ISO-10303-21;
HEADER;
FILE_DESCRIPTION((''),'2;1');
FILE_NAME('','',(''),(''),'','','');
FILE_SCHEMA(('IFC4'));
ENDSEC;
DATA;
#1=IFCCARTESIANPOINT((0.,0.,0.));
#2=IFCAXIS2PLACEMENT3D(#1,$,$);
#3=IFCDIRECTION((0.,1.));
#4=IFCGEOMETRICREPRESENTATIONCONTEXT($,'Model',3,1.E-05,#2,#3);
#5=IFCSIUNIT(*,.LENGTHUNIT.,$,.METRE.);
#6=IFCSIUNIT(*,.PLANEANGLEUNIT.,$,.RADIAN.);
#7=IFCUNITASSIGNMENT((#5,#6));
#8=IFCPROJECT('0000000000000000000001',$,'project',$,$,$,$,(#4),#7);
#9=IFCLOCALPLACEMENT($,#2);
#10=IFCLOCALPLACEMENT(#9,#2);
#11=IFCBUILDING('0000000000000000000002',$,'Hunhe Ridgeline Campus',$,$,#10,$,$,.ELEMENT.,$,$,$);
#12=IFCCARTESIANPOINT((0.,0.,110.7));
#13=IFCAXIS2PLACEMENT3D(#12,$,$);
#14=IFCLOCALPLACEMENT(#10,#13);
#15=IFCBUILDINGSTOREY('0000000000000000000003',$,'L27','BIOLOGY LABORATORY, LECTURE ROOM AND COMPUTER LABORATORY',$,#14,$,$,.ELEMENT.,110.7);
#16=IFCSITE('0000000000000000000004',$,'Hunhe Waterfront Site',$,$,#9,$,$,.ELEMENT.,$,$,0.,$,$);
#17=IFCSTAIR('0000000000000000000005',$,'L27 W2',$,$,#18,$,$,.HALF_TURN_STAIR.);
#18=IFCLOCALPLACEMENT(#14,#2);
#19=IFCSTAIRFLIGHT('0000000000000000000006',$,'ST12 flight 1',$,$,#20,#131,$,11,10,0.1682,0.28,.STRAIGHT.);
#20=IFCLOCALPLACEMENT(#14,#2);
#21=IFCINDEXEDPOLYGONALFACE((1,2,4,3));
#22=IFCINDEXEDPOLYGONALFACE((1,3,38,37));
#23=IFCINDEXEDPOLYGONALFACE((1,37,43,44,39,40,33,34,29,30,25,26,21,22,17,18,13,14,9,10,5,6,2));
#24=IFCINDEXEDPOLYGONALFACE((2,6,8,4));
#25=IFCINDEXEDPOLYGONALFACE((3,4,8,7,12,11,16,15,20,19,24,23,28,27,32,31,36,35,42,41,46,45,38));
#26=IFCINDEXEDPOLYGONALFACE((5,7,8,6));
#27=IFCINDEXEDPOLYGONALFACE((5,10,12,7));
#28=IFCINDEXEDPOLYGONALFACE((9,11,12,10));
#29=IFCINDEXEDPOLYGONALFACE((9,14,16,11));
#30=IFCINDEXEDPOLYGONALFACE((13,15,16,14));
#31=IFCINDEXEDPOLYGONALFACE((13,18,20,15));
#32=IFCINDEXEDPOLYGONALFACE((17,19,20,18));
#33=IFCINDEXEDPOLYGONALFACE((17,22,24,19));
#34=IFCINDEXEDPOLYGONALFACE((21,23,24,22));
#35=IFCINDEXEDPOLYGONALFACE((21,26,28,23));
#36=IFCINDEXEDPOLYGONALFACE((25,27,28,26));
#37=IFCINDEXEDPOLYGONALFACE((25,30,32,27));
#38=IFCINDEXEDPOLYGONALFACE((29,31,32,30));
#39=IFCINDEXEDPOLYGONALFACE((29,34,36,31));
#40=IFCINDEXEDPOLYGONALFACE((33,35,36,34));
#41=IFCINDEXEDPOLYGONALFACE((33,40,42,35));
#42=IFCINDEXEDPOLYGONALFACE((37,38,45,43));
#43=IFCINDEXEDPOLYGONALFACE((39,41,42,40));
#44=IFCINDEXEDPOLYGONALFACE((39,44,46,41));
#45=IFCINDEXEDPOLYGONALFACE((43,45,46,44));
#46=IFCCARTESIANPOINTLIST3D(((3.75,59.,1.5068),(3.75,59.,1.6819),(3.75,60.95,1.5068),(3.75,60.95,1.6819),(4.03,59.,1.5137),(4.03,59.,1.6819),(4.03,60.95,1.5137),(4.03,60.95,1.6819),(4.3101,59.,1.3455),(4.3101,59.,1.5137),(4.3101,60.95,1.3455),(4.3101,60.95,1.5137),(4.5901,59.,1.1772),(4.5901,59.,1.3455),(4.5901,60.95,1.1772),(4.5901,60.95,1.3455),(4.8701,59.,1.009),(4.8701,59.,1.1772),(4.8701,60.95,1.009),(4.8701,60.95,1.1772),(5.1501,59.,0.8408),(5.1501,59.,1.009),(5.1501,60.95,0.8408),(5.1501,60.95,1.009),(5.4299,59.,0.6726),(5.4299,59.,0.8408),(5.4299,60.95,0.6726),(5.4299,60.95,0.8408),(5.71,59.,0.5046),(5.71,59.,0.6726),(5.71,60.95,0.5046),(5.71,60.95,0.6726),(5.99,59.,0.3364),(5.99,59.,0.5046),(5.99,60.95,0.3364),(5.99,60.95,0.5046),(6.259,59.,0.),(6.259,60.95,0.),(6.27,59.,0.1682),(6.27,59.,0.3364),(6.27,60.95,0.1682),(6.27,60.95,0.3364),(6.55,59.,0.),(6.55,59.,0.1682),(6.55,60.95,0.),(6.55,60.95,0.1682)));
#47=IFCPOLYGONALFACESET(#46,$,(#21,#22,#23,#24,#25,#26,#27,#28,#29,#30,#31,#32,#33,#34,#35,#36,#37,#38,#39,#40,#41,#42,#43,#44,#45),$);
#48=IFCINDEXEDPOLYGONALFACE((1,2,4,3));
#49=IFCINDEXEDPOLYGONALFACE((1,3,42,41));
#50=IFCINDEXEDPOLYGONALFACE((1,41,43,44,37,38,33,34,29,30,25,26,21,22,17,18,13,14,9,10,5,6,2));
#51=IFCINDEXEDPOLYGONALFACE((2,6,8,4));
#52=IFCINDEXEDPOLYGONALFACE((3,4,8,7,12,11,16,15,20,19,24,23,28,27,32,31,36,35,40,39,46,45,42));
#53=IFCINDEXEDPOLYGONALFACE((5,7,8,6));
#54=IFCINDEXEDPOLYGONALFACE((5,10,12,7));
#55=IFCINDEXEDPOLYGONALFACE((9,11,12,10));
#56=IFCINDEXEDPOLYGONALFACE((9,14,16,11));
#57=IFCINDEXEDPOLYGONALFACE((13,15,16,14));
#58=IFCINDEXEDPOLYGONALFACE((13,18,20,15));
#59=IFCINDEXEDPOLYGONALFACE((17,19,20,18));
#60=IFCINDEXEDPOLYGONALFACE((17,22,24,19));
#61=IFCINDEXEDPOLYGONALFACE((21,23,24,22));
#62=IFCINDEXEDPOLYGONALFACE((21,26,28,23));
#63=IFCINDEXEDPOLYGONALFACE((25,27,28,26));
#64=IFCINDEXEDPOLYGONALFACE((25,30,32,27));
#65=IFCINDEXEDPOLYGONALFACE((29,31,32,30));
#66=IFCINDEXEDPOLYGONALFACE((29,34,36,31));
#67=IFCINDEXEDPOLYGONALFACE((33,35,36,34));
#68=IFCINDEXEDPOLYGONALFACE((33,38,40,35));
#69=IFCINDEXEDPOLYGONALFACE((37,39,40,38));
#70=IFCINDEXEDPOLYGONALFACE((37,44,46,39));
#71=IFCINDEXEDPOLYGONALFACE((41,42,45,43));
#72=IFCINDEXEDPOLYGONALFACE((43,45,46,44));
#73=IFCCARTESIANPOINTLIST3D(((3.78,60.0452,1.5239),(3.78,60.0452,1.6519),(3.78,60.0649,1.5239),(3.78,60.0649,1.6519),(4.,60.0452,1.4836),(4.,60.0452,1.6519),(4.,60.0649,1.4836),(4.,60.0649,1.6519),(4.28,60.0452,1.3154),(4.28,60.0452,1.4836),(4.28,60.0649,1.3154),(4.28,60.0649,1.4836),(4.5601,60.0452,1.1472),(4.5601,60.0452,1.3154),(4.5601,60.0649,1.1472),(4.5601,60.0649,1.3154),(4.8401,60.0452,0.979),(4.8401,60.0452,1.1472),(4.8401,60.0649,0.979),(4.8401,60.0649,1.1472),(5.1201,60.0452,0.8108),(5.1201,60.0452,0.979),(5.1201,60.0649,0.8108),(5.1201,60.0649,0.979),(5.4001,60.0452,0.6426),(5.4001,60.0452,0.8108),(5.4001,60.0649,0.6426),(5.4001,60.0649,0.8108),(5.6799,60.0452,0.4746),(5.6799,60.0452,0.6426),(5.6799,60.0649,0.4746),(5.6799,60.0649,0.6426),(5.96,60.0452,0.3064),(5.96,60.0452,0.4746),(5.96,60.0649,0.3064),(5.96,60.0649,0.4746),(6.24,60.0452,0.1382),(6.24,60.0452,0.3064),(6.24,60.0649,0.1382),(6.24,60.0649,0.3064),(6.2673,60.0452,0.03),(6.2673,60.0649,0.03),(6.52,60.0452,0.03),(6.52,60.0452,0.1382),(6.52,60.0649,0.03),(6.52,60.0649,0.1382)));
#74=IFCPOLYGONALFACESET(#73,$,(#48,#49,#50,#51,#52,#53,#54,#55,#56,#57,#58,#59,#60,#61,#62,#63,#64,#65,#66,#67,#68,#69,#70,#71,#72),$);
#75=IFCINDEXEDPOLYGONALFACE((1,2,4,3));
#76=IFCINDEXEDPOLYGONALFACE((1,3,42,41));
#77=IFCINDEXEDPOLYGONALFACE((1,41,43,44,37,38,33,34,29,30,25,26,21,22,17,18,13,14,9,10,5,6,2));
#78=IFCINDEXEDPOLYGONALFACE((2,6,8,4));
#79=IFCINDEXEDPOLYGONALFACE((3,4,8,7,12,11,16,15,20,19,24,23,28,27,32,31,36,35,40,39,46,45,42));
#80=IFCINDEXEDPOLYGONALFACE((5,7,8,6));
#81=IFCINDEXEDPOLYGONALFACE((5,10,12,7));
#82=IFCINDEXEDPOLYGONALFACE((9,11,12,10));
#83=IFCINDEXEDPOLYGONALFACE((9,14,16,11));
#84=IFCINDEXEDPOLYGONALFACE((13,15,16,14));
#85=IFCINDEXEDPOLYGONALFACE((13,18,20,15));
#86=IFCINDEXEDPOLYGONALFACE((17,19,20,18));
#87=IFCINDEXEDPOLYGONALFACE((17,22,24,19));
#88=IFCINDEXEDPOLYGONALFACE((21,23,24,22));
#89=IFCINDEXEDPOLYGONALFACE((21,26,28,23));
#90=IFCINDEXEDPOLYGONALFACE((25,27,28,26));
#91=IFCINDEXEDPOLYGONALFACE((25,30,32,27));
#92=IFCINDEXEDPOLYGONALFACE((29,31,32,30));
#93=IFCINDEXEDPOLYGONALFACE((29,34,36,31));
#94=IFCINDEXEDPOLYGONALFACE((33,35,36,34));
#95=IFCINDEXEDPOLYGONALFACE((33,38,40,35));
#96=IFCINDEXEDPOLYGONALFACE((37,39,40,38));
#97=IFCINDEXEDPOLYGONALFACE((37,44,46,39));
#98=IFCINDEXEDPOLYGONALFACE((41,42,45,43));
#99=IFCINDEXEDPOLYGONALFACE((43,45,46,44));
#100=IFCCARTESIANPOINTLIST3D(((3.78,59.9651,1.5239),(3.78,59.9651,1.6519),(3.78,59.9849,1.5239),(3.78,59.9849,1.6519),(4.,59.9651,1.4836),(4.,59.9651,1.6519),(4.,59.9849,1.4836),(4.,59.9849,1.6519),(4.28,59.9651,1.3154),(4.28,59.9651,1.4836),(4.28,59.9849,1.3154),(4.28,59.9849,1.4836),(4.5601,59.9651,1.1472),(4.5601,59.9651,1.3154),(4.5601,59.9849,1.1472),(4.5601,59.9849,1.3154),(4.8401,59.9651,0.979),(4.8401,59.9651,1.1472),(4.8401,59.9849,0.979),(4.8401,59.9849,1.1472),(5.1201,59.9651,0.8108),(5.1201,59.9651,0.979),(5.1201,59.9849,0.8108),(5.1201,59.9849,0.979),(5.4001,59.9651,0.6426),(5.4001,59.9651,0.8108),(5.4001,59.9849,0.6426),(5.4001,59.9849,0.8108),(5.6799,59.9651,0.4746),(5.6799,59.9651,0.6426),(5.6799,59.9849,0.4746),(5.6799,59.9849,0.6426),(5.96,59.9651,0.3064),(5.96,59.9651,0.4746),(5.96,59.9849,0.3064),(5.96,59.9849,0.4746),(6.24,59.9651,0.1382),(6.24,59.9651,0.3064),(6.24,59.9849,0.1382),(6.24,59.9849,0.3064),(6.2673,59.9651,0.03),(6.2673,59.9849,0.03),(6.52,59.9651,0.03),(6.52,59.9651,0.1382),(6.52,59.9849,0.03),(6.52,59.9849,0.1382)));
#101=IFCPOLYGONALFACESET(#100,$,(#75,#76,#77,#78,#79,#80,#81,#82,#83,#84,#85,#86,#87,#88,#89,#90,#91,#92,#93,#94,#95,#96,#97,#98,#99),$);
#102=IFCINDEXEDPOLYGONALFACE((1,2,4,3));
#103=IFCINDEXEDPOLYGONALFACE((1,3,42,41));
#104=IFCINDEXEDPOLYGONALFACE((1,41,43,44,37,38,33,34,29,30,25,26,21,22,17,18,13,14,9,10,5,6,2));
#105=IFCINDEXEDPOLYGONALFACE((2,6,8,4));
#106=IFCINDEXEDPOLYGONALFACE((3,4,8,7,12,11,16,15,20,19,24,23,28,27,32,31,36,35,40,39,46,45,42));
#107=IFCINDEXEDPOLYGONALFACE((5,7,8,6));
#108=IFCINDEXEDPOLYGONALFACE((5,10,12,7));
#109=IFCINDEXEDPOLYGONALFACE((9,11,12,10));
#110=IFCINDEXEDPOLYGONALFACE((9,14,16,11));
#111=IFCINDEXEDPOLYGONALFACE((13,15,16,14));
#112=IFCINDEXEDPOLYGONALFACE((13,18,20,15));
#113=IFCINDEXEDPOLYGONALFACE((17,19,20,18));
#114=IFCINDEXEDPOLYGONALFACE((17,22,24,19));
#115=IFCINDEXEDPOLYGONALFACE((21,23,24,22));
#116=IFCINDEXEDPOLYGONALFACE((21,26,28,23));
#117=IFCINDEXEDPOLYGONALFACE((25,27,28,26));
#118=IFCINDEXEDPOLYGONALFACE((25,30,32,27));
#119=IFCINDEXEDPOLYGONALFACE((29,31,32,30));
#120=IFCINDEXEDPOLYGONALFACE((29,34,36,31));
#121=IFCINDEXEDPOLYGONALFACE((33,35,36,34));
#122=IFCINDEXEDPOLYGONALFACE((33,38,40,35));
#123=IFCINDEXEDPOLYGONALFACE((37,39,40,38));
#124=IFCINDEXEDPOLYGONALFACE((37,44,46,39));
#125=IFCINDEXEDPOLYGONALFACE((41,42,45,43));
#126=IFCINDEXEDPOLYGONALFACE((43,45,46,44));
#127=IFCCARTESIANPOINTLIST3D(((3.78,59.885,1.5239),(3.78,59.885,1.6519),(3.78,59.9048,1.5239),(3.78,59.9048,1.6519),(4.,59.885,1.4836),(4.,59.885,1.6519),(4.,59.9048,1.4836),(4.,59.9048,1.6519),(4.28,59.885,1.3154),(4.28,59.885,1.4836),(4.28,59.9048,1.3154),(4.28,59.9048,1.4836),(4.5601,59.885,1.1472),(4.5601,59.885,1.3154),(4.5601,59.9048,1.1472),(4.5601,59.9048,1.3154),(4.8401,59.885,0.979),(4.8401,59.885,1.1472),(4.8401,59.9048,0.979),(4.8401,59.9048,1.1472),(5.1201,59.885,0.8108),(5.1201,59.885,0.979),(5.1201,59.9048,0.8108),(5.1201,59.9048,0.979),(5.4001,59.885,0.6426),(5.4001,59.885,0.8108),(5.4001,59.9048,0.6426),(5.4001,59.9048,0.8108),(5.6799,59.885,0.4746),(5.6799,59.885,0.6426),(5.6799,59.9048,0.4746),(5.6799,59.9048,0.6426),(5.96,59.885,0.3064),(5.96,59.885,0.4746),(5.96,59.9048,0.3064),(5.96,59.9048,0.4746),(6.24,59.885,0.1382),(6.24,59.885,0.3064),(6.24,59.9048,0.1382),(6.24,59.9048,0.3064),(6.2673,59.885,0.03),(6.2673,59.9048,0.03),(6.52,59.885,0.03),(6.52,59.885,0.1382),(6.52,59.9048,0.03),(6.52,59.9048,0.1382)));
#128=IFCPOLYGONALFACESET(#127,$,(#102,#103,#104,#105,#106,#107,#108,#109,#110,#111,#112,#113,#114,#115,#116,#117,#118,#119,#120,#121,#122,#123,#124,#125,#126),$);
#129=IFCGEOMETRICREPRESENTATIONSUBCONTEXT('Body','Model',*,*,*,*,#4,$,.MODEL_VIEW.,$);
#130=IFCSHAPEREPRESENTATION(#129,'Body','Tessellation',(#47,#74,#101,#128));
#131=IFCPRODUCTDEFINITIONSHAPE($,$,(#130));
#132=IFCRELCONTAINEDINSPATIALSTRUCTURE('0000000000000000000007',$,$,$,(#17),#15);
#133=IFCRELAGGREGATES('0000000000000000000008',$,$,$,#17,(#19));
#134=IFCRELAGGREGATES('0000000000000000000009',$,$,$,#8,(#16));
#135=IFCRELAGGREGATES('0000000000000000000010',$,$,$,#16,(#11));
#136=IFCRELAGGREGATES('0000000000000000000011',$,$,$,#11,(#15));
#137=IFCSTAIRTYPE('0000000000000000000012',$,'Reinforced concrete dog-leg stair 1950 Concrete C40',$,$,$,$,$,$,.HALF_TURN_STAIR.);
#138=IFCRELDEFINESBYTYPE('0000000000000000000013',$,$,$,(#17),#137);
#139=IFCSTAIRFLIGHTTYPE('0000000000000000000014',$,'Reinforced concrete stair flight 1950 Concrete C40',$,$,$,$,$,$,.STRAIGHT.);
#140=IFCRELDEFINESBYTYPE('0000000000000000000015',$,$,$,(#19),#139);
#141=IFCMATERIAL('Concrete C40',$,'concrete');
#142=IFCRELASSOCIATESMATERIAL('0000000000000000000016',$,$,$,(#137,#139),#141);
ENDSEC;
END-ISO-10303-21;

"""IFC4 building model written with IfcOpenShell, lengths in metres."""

from ifc_helpers import new_model, si_unit, direction, frame, origin, place, context, subcontext, project, spatial, polyline, outline, extrude, material, type_object, element, aggregate, save


model = new_model("IFC4")

# Units and contexts
model_context = context("Model", 3, precision=1e-05, world=origin(), true_north=direction((0.0, 1.0)))
body_context = subcontext(model_context, "Body", "Model", "MODEL_VIEW")
ifc_project = project(units=[si_unit("LENGTHUNIT", "METRE"), si_unit("PLANEANGLEUNIT", "RADIAN")], contexts=[model_context])

# Site, building, storey
site_placement = place(None, origin())
site = spatial("IfcSite", under=ifc_project, at=site_placement, Name="Hunhe Waterfront Site", CompositionType="ELEMENT", RefElevation=0.0)
building_placement = place(site_placement, origin())
building = spatial("IfcBuilding", under=site, at=building_placement, Name="Hunhe Ridgeline Campus", CompositionType="ELEMENT")
storey_placement = place(building_placement, frame((0.0, 0.0, 110.7)))
storey = spatial("IfcBuildingStorey", under=building, at=storey_placement, Name="L27", Description="BIOLOGY LABORATORY, LECTURE ROOM AND COMPUTER LABORATORY", CompositionType="ELEMENT", Elevation=110.7)

# Stair, stair flight
ifc_material_1 = material(Name="Concrete C40", Category="concrete")
stair_type = type_object("IfcStairType", Name="Reinforced concrete dog-leg stair 1950 Concrete C40", PredefinedType="HALF_TURN_STAIR", material=ifc_material_1)
stair_flight_type = type_object("IfcStairFlightType", Name="Reinforced concrete stair flight 1950 Concrete C40", PredefinedType="STRAIGHT", material=ifc_material_1)
stair_1_placement = place(storey_placement, origin())
stair_1 = element("IfcStair", 1, at=stair_1_placement, inside=storey, type_object=stair_type, Name="L27 W2", PredefinedType="HALF_TURN_STAIR")
stair_flight_1_placement = place(storey_placement, frame((6.55, 59.9751, 0.0), z_axis=(0.0, 0.0, 1.0), x_axis=(-1.0, 0.0, 0.0)))
stair_flight_1 = element("IfcStairFlight", 2, at=stair_flight_1_placement, type_object=stair_flight_type, Name="ST12 flight 1", NumberOfRisers=11, NumberOfTreads=10, PredefinedType="STRAIGHT", RiserHeight=0.1682, TreadLength=0.28, context=body_context, shape_type="SweptSolid", body=[
    extrude(outline(polyline([(0.0, 0.0), (0.0, 0.1682), (0.28, 0.1682), (0.28, 0.3364), (0.5601, 0.3364), (0.5601, 0.5046), (0.8401, 0.5046), (0.8401, 0.6726), (1.1201, 0.6726), (1.1201, 0.8408), (1.3999, 0.8408), (1.3999, 1.009), (1.6799, 1.009), (1.6799, 1.1772), (1.96, 1.1772), (1.96, 1.3455), (2.24, 1.3455), (2.24, 1.5137), (2.52, 1.5137), (2.52, 1.6819), (2.8, 1.6819), (2.8, 1.8501), (2.8, 1.5068), (0.291, 0.0), (0.0, 0.0)])), frame((0.0, 0.9751, 0.0), z_axis=(0.0, -1.0, 0.0), x_axis=(1.0, 0.0, 0.0)), (0.0, 0.0, 1.0), 1.95),
    extrude(outline(polyline([(0.03, 0.03), (0.03, 0.1382), (0.3101, 0.1382), (0.3101, 0.3064), (0.5901, 0.3064), (0.5901, 0.4746), (0.8701, 0.4746), (0.8701, 0.6426), (1.1499, 0.6426), (1.1499, 0.8108), (1.4299, 0.8108), (1.4299, 0.979), (1.71, 0.979), (1.71, 1.1472), (1.99, 1.1472), (1.99, 1.3154), (2.27, 1.3154), (2.27, 1.4836), (2.55, 1.4836), (2.55, 1.6519), (2.77, 1.6519), (2.77, 1.5239), (0.2827, 0.03), (0.03, 0.03)])), frame((0.0, -0.0701, 0.0), z_axis=(0.0, -1.0, 0.0), x_axis=(1.0, 0.0, 0.0)), (0.0, 0.0, 1.0), 0.0198),
    extrude(outline(polyline([(0.03, 0.03), (0.03, 0.1382), (0.3101, 0.1382), (0.3101, 0.3064), (0.5901, 0.3064), (0.5901, 0.4746), (0.8701, 0.4746), (0.8701, 0.6426), (1.1499, 0.6426), (1.1499, 0.8108), (1.4299, 0.8108), (1.4299, 0.979), (1.71, 0.979), (1.71, 1.1472), (1.99, 1.1472), (1.99, 1.3154), (2.27, 1.3154), (2.27, 1.4836), (2.55, 1.4836), (2.55, 1.6519), (2.77, 1.6519), (2.77, 1.5239), (0.2827, 0.03), (0.03, 0.03)])), frame((0.0, 0.01, 0.0), z_axis=(0.0, -1.0, 0.0), x_axis=(1.0, 0.0, 0.0)), (0.0, 0.0, 1.0), 0.0198),
    extrude(outline(polyline([(0.03, 0.03), (0.03, 0.1382), (0.3101, 0.1382), (0.3101, 0.3064), (0.5901, 0.3064), (0.5901, 0.4746), (0.8701, 0.4746), (0.8701, 0.6426), (1.1499, 0.6426), (1.1499, 0.8108), (1.4299, 0.8108), (1.4299, 0.979), (1.71, 0.979), (1.71, 1.1472), (1.99, 1.1472), (1.99, 1.3154), (2.27, 1.3154), (2.27, 1.4836), (2.55, 1.4836), (2.55, 1.6519), (2.77, 1.6519), (2.77, 1.5239), (0.2827, 0.03), (0.03, 0.03)])), frame((0.0, 0.0901, 0.0), z_axis=(0.0, -1.0, 0.0), x_axis=(1.0, 0.0, 0.0)), (0.0, 0.0, 1.0), 0.0198),
])
aggregate(stair_1, [stair_flight_1])

save(model, "model.ifc")
